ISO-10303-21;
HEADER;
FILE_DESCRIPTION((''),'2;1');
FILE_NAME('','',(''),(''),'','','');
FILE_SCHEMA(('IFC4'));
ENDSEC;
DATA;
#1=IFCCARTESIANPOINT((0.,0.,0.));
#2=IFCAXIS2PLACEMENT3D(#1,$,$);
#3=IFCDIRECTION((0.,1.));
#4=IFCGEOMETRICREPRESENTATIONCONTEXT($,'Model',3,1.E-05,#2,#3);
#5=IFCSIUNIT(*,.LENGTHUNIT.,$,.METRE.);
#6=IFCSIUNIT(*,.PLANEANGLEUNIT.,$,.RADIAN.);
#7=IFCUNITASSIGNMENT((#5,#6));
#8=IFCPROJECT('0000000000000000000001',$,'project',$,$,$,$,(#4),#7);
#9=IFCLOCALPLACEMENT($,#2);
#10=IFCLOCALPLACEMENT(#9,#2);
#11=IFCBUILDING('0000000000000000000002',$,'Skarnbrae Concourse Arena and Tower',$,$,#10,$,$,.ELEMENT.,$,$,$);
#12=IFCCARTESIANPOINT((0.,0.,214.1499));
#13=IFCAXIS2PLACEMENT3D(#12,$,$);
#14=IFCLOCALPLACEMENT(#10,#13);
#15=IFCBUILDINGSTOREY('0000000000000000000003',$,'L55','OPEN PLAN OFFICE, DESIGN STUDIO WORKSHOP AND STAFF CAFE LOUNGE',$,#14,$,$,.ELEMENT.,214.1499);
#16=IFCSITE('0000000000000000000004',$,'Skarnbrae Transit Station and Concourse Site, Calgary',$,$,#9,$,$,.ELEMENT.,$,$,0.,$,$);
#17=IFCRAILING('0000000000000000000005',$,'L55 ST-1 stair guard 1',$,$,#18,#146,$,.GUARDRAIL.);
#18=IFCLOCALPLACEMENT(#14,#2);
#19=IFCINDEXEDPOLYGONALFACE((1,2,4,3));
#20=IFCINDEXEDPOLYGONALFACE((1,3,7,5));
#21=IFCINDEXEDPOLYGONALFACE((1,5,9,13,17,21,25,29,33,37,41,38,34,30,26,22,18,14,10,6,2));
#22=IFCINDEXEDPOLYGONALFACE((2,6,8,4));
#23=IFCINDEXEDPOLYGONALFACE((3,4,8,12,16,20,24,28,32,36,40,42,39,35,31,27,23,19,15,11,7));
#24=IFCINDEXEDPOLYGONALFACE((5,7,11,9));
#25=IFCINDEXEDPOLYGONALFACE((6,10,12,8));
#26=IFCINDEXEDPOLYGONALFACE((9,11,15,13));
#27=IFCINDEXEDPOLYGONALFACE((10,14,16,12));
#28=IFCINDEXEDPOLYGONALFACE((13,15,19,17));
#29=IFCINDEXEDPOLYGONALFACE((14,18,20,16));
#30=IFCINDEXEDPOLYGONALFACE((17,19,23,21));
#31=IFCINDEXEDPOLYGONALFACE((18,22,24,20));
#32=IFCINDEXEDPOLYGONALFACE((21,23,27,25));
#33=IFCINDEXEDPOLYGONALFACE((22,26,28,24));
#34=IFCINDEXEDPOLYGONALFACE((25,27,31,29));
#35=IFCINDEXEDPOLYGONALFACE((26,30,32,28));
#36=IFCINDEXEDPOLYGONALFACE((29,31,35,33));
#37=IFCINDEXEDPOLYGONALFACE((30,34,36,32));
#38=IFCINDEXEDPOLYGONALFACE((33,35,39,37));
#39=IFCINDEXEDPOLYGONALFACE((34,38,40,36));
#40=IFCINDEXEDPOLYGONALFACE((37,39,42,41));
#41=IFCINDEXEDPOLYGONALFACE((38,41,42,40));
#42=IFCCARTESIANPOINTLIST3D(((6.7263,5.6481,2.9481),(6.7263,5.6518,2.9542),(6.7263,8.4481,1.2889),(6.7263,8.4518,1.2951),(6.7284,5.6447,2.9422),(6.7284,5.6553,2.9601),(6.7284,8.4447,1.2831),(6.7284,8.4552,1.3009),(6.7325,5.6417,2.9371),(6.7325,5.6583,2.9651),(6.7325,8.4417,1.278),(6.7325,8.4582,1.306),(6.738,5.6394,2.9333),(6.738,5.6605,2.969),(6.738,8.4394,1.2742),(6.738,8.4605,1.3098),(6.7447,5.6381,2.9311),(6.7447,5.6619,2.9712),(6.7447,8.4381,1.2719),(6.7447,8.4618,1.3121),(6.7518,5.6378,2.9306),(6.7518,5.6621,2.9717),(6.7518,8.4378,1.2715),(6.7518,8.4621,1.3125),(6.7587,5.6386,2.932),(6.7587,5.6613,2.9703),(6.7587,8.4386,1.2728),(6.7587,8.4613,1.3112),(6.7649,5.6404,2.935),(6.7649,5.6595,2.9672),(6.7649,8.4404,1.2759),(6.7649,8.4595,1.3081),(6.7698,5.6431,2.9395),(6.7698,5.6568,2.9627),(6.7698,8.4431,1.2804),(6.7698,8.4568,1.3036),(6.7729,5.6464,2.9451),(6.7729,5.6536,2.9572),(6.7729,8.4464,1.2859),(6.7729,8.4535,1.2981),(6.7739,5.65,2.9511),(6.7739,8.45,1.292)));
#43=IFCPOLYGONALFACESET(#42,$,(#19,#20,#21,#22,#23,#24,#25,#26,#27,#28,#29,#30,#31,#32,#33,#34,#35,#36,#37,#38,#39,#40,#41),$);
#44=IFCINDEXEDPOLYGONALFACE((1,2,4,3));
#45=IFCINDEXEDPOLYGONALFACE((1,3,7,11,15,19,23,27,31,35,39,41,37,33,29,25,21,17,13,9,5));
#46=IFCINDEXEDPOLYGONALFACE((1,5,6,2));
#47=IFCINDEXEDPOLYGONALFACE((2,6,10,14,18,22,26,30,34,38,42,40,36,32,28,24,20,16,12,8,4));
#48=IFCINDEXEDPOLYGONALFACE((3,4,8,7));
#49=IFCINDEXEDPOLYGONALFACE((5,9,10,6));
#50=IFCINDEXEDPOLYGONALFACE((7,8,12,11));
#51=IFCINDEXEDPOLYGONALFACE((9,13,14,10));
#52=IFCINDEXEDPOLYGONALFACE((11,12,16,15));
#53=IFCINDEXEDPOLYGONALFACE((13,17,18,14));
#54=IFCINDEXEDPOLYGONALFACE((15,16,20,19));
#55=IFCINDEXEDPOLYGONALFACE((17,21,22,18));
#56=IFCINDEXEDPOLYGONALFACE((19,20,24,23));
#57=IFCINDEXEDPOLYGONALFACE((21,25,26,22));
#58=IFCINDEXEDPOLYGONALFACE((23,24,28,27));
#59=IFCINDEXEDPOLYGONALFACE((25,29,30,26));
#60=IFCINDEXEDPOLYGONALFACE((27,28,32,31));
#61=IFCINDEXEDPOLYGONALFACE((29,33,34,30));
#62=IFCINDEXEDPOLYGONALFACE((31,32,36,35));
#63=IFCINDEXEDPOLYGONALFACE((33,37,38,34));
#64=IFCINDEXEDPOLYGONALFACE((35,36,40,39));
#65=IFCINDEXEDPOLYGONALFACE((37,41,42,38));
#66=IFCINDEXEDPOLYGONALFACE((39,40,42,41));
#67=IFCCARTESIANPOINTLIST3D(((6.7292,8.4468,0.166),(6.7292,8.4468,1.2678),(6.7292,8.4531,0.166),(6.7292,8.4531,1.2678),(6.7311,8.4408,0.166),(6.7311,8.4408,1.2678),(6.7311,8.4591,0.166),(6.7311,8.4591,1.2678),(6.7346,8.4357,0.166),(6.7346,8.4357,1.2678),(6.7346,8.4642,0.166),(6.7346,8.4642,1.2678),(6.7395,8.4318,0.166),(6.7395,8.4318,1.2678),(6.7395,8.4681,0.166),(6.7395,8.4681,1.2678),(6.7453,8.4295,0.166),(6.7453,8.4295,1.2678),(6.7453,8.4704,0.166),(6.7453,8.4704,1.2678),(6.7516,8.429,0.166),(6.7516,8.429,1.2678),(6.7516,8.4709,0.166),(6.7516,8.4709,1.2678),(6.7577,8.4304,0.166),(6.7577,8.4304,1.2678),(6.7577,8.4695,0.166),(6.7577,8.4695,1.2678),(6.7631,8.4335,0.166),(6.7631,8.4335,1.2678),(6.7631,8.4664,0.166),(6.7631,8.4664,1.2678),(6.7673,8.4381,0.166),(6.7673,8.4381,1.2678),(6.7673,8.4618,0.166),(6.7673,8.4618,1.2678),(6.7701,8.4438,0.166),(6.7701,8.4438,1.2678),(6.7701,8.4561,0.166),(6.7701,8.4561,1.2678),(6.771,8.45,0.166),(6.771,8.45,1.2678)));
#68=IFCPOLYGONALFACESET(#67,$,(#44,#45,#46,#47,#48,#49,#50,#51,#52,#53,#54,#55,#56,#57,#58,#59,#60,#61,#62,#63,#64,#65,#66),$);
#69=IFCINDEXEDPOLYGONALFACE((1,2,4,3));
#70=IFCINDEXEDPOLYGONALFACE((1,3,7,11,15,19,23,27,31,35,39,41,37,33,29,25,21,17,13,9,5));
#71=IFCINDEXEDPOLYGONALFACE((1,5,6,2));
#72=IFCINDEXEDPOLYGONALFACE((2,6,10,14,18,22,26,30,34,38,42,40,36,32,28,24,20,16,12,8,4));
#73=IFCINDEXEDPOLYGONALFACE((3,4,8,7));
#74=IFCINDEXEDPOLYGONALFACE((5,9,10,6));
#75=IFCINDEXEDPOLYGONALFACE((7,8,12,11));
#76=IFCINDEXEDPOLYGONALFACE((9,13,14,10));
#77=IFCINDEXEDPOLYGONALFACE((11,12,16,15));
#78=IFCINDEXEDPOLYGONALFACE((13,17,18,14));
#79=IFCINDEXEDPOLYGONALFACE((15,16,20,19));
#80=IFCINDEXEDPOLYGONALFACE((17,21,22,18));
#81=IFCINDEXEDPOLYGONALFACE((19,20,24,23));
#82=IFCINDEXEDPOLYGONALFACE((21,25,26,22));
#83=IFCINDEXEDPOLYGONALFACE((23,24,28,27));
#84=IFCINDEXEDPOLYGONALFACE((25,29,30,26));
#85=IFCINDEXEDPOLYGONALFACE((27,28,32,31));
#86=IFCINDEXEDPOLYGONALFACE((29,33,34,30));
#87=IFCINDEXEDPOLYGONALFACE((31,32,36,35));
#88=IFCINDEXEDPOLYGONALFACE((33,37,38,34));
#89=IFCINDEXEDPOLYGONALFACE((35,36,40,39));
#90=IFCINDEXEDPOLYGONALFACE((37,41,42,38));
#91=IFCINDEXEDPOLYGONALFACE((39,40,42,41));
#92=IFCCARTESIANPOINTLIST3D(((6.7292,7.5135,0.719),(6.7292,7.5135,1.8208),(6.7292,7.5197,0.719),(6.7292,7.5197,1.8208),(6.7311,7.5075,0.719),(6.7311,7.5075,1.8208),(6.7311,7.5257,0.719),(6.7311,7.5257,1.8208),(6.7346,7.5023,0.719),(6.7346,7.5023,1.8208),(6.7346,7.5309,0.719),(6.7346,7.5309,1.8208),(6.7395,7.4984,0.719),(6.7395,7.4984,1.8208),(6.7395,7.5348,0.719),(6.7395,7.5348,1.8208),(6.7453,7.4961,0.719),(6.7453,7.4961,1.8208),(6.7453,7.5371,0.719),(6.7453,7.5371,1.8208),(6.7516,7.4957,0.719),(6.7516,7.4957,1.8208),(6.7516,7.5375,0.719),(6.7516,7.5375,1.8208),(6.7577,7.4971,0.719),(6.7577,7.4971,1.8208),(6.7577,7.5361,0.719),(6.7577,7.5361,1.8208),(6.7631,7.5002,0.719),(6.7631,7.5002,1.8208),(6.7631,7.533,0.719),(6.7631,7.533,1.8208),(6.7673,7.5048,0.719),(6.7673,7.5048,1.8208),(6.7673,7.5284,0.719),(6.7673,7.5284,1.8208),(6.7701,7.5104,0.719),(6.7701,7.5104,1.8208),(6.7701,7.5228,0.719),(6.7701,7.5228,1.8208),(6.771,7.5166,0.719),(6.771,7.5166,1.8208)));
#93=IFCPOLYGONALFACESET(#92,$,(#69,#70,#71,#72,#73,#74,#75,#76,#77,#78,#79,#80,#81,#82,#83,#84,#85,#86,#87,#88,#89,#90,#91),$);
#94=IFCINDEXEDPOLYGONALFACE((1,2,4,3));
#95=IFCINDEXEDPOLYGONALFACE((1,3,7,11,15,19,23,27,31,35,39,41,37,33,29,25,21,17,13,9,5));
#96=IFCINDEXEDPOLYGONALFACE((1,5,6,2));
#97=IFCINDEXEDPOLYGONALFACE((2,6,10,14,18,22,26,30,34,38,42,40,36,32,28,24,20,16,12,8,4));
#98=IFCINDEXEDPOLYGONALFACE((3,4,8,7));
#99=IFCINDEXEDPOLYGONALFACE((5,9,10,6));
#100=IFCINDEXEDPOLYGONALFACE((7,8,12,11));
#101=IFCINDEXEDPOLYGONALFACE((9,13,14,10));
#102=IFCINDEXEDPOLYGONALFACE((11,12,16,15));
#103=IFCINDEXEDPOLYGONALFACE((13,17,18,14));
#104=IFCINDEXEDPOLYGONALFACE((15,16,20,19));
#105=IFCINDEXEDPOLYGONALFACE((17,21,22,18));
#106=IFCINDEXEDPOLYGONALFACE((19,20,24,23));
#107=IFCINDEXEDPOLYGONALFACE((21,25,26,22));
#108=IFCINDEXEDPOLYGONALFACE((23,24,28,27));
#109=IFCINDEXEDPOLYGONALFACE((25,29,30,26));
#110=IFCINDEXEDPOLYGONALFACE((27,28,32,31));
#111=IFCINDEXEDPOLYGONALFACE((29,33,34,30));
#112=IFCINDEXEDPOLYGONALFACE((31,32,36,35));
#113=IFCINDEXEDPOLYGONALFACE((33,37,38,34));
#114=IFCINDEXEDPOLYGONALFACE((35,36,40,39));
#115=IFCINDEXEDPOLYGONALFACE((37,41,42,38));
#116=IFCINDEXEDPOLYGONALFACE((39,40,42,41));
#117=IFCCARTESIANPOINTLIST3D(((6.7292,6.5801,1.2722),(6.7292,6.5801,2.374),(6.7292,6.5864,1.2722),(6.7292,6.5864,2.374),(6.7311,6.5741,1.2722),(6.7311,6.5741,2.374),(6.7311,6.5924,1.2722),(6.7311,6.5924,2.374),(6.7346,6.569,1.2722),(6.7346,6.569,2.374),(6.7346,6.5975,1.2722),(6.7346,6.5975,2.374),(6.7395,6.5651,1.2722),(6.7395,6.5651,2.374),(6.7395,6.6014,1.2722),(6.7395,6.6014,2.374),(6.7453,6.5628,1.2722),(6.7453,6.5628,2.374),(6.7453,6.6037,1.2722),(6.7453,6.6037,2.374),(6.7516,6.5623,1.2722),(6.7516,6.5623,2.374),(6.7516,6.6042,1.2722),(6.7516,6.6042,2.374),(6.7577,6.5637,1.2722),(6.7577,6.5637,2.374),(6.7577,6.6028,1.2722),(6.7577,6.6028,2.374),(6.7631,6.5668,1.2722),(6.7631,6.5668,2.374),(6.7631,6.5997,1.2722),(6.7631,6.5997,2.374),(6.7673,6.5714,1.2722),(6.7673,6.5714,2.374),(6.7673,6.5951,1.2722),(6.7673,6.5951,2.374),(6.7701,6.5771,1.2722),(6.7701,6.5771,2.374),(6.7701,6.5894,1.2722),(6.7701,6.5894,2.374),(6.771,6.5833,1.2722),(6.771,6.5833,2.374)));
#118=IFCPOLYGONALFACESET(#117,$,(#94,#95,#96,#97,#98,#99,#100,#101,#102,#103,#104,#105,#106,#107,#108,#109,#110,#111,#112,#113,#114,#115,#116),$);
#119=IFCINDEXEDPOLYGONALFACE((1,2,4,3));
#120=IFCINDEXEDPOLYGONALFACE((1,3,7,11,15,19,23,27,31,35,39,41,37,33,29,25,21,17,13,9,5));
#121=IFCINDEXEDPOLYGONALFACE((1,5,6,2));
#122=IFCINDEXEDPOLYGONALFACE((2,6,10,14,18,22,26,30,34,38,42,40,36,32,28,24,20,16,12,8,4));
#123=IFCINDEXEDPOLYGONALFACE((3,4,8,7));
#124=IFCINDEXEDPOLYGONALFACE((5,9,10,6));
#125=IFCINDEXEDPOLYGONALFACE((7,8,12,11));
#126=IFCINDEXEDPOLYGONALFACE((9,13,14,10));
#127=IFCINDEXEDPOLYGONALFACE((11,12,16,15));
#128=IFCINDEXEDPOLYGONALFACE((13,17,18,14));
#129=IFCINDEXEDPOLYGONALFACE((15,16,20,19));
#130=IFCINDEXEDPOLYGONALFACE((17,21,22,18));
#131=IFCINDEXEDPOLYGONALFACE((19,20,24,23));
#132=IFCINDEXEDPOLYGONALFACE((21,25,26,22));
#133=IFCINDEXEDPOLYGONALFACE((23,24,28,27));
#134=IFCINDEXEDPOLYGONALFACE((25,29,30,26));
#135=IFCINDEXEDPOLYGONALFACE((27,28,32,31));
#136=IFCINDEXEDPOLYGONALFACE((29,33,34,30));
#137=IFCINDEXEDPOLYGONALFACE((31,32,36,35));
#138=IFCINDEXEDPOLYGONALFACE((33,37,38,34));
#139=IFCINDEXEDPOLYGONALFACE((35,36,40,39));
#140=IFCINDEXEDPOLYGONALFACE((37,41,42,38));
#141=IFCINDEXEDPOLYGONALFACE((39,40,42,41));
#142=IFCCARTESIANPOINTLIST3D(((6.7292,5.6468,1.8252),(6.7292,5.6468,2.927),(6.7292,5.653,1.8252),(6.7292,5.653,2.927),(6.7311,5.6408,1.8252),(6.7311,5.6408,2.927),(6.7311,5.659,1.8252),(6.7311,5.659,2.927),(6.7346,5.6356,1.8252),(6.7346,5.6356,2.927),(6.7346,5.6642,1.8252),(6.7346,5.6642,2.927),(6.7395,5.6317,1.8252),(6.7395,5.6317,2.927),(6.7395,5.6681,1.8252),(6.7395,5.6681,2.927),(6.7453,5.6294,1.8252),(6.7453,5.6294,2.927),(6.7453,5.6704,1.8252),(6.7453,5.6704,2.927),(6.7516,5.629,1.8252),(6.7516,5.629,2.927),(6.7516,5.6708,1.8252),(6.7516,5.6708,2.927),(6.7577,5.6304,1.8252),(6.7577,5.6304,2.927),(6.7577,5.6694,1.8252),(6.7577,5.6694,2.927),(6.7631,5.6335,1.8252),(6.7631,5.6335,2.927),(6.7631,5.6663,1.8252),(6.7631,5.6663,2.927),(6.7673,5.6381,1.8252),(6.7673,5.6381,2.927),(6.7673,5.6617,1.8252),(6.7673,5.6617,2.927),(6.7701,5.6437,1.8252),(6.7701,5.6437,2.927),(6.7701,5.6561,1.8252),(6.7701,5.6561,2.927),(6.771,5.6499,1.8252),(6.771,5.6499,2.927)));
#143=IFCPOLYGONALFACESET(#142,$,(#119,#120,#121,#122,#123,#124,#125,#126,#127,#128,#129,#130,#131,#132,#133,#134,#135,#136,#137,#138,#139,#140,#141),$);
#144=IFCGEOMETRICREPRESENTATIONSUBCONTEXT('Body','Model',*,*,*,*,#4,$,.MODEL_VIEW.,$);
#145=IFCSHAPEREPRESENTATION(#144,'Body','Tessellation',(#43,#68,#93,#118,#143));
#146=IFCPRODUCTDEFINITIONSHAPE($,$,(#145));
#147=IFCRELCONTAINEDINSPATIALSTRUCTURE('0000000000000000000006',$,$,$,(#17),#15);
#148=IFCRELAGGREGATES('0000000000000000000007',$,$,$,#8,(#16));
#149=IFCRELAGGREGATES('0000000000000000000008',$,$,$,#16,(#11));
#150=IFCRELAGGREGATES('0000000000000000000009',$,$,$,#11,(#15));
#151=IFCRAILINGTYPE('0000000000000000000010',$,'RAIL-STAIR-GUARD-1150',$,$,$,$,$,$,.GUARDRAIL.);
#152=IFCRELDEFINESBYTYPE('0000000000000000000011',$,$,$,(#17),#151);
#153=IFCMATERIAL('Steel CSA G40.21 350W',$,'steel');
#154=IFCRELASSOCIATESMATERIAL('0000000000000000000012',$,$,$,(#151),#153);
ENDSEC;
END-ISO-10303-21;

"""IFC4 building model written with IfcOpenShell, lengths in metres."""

from ifc_helpers import new_model, si_unit, direction, frame, origin, origin_2d, place, context, subcontext, project, spatial, circle, extrude, material, type_object, element, save


model = new_model("IFC4")

# Units and contexts
model_context = context("Model", 3, precision=1e-05, world=origin(), true_north=direction((0.0, 1.0)))
body_context = subcontext(model_context, "Body", "Model", "MODEL_VIEW")
ifc_project = project(units=[si_unit("LENGTHUNIT", "METRE"), si_unit("PLANEANGLEUNIT", "RADIAN")], contexts=[model_context])

# Site, building, storey
site_placement = place(None, origin())
site = spatial("IfcSite", under=ifc_project, at=site_placement, Name="Skarnbrae Transit Station and Concourse Site, Calgary", CompositionType="ELEMENT", RefElevation=0.0)
building_placement = place(site_placement, origin())
building = spatial("IfcBuilding", under=site, at=building_placement, Name="Skarnbrae Concourse Arena and Tower", CompositionType="ELEMENT")
storey_placement = place(building_placement, frame((0.0, 0.0, 214.1499)))
storey = spatial("IfcBuildingStorey", under=building, at=storey_placement, Name="L55", Description="OPEN PLAN OFFICE, DESIGN STUDIO WORKSHOP AND STAFF CAFE LOUNGE", CompositionType="ELEMENT", Elevation=214.1499)

# Shared definitions
ifc_material_1 = material(Name="Steel CSA G40.21 350W", Category="steel")

# Railing
railing_type_1 = type_object("IfcRailingType", Name="RAIL-STAIR-GUARD-1150", PredefinedType="GUARDRAIL", material=ifc_material_1)
railing_1_placement = place(storey_placement, frame((6.75, 8.45, 0.166)))
element("IfcRailing", 1, at=railing_1_placement, inside=storey, type_object=railing_type_1, Name="L55 ST-1 stair guard 1", PredefinedType="GUARDRAIL", context=body_context, shape_type="SweptSolid", body=[
    extrude(circle(Radius=0.0239, at=origin_2d()), frame((0.0, 0.0, 1.126), z_axis=(0.0, -0.860306, 0.509778), x_axis=(1.0, 0.0, 0.0)), (0.0, 0.0, 1.0), 3.2546),
    extrude(circle(Radius=0.021, at=origin_2d()), origin(), (0.0, 0.0, 1.0), 1.1018),
    extrude(circle(Radius=0.021, at=origin_2d()), frame((0.0, -0.9333, 0.553)), (0.0, 0.0, 1.0), 1.1018),
    extrude(circle(Radius=0.021, at=origin_2d()), frame((0.0, -1.8667, 1.1062)), (0.0, 0.0, 1.0), 1.1018),
    extrude(circle(Radius=0.021, at=origin_2d()), frame((0.0, -2.8, 1.6592)), (0.0, 0.0, 1.0), 1.1018),
])

save(model, "model.ifc")
